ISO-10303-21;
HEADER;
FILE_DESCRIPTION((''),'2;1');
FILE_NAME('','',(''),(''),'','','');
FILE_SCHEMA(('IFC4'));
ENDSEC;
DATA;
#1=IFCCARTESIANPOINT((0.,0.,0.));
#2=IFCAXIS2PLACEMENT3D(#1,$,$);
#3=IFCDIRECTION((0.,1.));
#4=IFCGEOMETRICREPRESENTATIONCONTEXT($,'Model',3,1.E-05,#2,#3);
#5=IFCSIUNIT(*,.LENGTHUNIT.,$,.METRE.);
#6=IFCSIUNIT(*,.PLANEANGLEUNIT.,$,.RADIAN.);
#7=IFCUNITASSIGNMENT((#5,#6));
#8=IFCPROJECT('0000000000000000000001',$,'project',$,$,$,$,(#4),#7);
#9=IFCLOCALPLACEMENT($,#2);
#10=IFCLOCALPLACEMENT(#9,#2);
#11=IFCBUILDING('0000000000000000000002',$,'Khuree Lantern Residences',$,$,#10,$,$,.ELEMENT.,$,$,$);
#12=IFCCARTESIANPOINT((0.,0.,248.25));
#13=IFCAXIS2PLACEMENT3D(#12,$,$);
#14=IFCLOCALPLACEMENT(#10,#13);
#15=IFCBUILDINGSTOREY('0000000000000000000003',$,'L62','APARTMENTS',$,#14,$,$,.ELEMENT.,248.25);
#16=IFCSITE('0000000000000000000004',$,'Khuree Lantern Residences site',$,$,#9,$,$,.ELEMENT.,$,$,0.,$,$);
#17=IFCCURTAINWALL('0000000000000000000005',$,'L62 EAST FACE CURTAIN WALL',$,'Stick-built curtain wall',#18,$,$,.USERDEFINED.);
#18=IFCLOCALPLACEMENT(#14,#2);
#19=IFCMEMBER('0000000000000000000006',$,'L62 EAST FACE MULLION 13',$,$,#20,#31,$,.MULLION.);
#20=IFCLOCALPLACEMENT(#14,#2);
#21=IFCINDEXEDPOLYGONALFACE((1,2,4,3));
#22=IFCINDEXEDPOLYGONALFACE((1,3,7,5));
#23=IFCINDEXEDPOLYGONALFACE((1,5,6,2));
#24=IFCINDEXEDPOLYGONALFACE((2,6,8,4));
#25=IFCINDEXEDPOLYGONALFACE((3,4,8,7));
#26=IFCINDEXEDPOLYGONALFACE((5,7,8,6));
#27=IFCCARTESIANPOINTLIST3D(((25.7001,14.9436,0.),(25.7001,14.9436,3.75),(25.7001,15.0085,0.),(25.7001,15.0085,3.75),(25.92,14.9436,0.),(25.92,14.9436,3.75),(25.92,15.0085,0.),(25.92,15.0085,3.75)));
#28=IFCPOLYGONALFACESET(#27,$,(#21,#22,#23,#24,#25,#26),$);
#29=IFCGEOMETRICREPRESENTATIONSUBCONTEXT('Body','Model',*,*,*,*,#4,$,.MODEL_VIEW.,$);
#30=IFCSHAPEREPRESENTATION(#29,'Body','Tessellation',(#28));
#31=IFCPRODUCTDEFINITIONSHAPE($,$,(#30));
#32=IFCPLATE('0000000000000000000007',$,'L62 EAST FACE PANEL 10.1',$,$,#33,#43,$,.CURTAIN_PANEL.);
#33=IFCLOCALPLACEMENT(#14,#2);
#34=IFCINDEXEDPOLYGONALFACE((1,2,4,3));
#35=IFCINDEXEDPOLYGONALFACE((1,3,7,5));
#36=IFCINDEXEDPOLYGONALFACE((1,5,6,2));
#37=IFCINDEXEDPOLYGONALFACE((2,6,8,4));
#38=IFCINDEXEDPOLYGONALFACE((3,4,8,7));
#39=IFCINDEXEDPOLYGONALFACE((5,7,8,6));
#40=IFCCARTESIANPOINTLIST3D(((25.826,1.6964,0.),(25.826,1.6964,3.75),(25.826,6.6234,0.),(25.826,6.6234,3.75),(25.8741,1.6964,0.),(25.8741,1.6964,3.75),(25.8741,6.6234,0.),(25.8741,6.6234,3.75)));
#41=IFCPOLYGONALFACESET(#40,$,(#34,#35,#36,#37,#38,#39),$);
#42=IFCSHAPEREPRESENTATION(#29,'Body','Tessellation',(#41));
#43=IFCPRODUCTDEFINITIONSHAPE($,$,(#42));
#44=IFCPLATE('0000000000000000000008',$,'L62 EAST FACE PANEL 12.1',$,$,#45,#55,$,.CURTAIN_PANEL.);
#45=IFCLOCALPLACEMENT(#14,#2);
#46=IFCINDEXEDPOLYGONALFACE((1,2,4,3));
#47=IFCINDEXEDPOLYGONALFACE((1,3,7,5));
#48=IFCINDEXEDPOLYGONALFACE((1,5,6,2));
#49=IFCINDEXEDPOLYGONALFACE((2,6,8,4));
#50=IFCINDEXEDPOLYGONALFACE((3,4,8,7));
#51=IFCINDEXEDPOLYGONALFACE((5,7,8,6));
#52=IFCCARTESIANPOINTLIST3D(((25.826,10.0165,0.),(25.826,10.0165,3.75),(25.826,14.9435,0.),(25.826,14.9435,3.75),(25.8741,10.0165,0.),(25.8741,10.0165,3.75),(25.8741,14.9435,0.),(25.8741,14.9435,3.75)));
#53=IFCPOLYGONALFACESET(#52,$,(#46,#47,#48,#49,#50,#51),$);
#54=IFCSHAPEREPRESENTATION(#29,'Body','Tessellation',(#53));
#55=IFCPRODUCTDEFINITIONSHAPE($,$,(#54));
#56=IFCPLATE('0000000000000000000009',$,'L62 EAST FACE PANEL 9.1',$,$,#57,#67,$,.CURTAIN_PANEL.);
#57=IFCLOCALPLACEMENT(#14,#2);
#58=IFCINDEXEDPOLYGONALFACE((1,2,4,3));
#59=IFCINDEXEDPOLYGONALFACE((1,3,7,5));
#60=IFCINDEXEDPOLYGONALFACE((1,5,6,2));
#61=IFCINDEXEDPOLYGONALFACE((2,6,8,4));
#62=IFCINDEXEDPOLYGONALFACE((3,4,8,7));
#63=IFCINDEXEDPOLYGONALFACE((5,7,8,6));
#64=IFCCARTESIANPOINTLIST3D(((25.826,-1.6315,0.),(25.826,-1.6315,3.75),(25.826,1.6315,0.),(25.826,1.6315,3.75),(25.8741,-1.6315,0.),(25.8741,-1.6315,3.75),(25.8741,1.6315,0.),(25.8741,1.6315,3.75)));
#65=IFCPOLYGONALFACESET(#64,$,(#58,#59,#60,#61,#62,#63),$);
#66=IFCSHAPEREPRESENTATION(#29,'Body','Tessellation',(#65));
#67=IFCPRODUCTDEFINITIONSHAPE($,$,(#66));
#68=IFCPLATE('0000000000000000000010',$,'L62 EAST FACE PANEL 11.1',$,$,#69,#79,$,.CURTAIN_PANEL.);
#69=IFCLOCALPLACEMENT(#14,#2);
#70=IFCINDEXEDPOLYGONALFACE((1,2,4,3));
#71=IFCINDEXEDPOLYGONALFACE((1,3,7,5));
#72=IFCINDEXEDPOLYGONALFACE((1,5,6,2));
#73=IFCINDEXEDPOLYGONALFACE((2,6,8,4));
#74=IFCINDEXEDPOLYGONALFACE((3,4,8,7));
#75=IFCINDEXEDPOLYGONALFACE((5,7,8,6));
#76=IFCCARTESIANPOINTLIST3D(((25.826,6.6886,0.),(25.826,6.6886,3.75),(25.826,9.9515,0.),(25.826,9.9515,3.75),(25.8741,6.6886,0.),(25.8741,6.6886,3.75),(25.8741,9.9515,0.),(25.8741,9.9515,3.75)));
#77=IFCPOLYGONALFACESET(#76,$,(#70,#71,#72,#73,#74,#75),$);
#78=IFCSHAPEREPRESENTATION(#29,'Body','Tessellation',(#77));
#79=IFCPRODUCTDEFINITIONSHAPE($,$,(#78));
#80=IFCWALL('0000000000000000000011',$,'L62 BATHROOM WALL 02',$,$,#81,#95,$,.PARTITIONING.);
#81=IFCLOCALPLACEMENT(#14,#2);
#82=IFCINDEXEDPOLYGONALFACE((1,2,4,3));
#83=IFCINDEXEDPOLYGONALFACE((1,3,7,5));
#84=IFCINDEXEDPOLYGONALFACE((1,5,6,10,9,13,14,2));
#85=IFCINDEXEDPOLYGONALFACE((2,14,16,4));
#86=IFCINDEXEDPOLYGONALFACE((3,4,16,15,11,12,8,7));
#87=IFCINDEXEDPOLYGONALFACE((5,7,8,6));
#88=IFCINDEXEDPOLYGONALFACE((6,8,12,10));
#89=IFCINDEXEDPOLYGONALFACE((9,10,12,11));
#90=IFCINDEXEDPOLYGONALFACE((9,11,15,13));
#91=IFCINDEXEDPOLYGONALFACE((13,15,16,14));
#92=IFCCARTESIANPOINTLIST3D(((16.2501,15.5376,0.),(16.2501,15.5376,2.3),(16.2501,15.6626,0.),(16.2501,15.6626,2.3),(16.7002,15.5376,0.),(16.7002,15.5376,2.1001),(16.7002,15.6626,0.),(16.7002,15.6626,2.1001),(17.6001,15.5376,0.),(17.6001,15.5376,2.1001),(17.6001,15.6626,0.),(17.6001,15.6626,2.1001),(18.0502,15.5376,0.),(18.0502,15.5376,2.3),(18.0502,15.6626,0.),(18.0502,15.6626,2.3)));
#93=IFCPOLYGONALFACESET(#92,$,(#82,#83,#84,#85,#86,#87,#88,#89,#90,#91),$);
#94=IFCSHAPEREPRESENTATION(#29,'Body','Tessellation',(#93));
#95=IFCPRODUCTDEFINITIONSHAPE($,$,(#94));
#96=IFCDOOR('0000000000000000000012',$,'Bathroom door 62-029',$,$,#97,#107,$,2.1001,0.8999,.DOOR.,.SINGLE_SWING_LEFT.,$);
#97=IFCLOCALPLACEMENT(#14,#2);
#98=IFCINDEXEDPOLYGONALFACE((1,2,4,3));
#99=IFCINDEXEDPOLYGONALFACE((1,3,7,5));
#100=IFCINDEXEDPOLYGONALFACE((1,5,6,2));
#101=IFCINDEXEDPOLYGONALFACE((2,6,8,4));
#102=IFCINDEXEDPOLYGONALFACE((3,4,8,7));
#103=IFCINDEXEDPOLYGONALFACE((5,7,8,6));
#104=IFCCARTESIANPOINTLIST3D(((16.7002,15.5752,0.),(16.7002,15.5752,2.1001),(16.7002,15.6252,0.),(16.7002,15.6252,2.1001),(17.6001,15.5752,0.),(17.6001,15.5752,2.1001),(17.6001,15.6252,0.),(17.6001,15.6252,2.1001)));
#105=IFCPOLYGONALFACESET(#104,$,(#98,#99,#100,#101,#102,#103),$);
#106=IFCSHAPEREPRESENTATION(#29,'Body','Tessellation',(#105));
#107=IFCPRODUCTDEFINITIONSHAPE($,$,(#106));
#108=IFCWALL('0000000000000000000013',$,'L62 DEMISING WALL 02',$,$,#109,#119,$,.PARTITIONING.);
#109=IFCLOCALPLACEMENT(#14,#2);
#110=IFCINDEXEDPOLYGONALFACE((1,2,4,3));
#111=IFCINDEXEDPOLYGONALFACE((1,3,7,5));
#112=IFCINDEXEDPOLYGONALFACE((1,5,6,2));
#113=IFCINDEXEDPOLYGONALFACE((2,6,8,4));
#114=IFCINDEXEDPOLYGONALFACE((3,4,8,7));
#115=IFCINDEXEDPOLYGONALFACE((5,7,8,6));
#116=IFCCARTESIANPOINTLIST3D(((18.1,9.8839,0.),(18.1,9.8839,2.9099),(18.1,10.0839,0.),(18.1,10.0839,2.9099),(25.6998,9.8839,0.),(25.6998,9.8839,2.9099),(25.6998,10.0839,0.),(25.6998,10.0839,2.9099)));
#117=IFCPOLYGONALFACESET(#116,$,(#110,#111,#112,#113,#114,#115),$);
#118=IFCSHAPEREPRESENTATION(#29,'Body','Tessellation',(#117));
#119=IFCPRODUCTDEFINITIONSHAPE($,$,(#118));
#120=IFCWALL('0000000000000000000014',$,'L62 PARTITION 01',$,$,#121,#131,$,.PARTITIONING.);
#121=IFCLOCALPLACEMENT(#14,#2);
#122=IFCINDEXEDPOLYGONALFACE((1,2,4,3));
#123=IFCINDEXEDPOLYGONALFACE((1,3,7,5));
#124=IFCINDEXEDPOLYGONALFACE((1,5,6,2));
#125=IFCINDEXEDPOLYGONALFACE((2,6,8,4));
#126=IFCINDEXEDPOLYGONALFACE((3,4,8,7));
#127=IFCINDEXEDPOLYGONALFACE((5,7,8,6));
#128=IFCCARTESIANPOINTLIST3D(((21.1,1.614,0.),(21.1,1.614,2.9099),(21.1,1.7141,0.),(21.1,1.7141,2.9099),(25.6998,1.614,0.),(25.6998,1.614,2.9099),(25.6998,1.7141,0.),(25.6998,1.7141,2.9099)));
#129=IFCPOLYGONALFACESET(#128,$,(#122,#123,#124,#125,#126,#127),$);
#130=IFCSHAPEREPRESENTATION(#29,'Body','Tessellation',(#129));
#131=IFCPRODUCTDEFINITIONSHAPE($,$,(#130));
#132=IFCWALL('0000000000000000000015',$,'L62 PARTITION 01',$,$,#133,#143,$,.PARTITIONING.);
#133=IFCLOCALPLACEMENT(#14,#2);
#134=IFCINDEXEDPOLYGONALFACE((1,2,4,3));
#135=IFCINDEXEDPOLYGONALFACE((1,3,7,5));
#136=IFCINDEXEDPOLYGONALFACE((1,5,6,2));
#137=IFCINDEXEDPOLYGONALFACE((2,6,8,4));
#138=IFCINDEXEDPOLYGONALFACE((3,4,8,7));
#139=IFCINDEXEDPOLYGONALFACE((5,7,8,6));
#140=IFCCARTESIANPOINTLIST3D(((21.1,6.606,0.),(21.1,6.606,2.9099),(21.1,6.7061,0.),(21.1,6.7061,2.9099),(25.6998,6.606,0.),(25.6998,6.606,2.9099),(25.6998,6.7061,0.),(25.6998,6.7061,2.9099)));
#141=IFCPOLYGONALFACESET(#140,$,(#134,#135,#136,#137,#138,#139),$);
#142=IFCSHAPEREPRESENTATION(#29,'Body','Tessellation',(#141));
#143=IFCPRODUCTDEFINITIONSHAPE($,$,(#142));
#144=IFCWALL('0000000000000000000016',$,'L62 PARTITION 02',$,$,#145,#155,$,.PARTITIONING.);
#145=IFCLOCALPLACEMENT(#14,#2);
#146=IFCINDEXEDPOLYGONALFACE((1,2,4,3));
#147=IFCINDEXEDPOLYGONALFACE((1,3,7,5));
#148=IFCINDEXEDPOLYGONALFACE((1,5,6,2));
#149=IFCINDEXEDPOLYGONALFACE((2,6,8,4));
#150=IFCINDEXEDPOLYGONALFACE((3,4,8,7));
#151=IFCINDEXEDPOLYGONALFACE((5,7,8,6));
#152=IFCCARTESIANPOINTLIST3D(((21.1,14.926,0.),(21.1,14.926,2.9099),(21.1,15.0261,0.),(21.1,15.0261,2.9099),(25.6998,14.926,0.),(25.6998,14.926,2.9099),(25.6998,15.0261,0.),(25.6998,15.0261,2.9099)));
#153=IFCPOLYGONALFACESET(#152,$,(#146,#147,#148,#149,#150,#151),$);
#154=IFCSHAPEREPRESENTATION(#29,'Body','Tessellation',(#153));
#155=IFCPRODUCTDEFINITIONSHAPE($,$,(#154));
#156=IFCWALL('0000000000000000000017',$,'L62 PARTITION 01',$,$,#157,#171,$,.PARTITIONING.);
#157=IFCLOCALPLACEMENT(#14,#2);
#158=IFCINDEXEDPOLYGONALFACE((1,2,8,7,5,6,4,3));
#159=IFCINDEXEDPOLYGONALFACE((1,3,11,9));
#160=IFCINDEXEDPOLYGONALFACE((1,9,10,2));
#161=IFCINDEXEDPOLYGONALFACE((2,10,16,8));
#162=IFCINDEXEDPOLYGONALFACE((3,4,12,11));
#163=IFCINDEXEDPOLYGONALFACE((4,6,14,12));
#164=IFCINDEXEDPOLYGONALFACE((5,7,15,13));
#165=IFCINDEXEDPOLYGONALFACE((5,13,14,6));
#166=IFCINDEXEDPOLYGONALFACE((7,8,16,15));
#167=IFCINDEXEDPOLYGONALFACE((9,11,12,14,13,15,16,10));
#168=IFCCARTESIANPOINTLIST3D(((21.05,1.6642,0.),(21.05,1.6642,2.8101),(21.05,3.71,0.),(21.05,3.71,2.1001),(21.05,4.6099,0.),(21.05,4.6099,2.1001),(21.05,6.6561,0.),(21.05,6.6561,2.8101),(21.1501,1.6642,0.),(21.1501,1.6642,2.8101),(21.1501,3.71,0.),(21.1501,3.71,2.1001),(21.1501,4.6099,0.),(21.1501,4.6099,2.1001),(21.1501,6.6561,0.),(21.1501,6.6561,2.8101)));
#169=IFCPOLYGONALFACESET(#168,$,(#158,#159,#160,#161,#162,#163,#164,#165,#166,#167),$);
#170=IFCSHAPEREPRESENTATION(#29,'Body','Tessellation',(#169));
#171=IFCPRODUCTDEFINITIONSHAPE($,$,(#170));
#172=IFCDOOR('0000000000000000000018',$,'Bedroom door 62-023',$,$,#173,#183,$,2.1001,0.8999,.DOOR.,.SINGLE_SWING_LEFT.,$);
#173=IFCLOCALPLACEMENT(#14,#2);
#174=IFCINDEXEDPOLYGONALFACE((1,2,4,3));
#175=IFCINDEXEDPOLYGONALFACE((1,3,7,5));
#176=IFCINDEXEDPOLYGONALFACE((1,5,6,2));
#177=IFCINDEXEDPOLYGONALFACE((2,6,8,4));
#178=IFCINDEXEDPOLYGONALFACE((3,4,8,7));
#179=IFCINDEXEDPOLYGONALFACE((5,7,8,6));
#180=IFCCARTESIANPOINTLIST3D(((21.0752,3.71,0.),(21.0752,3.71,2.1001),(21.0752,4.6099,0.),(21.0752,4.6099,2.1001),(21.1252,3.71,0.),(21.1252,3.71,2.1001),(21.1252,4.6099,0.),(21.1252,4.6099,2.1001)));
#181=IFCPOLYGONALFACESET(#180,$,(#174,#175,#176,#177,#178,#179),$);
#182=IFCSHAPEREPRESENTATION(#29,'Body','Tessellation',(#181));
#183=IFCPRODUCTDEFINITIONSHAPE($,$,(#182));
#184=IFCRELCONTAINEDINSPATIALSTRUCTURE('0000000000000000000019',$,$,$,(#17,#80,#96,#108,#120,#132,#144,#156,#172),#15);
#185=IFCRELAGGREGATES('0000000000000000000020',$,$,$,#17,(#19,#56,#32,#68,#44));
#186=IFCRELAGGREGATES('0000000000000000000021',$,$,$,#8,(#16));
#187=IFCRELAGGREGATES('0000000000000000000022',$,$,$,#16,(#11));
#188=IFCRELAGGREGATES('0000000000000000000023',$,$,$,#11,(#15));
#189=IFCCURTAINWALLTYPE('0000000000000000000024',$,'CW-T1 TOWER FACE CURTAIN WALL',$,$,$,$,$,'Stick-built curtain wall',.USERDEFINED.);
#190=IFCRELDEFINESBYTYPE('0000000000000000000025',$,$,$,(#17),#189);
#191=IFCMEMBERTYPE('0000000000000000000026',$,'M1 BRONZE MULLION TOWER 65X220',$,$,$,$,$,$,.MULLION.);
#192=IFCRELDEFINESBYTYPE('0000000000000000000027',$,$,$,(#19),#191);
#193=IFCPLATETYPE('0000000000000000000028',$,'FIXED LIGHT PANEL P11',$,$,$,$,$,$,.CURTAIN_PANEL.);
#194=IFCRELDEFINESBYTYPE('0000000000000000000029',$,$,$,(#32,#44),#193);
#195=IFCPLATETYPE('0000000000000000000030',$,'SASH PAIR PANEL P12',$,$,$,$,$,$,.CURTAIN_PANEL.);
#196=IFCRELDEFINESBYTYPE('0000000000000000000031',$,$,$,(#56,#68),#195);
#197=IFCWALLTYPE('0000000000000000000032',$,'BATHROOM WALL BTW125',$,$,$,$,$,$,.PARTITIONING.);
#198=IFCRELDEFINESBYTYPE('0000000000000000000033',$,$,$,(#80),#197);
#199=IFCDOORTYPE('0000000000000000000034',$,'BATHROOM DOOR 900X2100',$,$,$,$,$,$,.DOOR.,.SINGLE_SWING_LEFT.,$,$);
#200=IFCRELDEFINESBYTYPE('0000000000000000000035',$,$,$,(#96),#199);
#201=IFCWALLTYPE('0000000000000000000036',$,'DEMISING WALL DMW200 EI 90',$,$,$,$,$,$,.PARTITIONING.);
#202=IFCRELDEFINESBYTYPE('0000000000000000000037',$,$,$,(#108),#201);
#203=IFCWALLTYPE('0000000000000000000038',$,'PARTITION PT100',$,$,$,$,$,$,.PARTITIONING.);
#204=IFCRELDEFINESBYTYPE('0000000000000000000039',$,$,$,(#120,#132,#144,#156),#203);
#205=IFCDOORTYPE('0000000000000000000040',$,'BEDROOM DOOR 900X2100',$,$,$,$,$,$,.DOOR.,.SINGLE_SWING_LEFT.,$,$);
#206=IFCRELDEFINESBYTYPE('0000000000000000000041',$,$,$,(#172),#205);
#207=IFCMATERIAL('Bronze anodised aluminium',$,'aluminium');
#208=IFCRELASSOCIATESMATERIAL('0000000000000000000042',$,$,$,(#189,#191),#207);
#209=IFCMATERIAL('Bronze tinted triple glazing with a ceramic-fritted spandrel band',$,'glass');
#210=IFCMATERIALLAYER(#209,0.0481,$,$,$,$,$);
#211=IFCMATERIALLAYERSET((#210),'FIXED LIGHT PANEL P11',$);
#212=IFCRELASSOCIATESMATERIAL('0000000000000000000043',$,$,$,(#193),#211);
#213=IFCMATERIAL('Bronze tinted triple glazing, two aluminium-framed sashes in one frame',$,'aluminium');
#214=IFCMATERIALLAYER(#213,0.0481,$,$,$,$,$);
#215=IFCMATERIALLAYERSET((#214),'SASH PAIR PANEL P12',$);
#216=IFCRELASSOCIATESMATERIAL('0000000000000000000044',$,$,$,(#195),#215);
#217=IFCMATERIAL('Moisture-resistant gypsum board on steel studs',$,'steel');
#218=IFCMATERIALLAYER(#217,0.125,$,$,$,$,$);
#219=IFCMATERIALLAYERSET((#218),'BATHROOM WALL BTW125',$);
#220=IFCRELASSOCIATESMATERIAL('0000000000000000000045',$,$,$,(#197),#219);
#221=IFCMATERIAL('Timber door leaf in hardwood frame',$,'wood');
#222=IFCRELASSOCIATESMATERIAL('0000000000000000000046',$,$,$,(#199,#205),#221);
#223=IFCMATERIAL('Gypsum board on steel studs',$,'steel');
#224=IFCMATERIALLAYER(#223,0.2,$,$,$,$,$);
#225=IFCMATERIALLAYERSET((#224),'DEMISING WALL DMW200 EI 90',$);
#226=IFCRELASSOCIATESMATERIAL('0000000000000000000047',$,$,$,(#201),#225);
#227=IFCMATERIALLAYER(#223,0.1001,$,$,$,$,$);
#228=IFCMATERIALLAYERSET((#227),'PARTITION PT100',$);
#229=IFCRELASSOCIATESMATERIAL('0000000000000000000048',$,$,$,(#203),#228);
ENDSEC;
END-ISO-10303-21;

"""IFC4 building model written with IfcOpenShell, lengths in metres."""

from ifc_helpers import new_model, si_unit, direction, frame, frame_2d, origin, origin_2d, place, context, subcontext, project, spatial, rectangle, extrude, material, layer, layer_set, material_profile, profile_set, type_object, element, fill, aggregate, save


model = new_model("IFC4")

# Units and contexts
model_context = context("Model", 3, precision=1e-05, world=origin(), true_north=direction((0.0, 1.0)))
body_context = subcontext(model_context, "Body", "Model", "MODEL_VIEW")
ifc_project = project(units=[si_unit("LENGTHUNIT", "METRE"), si_unit("PLANEANGLEUNIT", "RADIAN")], contexts=[model_context])

# Site, building, storey
site_placement = place(None, origin())
site = spatial("IfcSite", under=ifc_project, at=site_placement, Name="Khuree Lantern Residences site", CompositionType="ELEMENT", RefElevation=0.0)
building_placement = place(site_placement, origin())
building = spatial("IfcBuilding", under=site, at=building_placement, Name="Khuree Lantern Residences", CompositionType="ELEMENT")
storey_placement = place(building_placement, frame((0.0, 0.0, 248.25)))
storey = spatial("IfcBuildingStorey", under=building, at=storey_placement, Name="L62", Description="APARTMENTS", CompositionType="ELEMENT", Elevation=248.25)

# Curtain wall
ifc_material_1 = material(Name="Bronze anodised aluminium", Category="aluminium")
curtain_wall_type = type_object("IfcCurtainWallType", Name="CW-T1 TOWER FACE CURTAIN WALL", ElementType="Stick-built curtain wall", PredefinedType="USERDEFINED", material=ifc_material_1)
curtain_wall_placement = place(storey_placement, origin())
curtain_wall = element("IfcCurtainWall", 1, at=curtain_wall_placement, inside=storey, type_object=curtain_wall_type, Name="L62 EAST FACE CURTAIN WALL", ObjectType="Stick-built curtain wall", PredefinedType="USERDEFINED")

# Member
ifc_material_profile_1 = material_profile(ifc_material_1, rectangle(XDim=0.0649, YDim=0.22, at=origin_2d()), Name="M1 65X220")
ifc_profile_set_1 = profile_set([ifc_material_profile_1], Name="Bronze anodised aluminium")
member_type_1 = type_object("IfcMemberType", Name="M1 BRONZE MULLION TOWER 65X220", PredefinedType="MULLION", material=ifc_profile_set_1)
member_1_placement = place(storey_placement, frame((25.8101, 14.9761, 0.0), z_axis=(0.0, 0.0, 1.0), x_axis=(0.0, 1.0, 0.0)))
member_1 = element("IfcMember", 2, at=member_1_placement, type_object=member_type_1, Name="L62 EAST FACE MULLION 13", PredefinedType="MULLION", context=body_context, shape_type="SweptSolid", body=[
    extrude(rectangle(XDim=0.0649, YDim=0.22, at=origin_2d()), origin(), (0.0, 0.0, 1.0), 3.75),
])

# Plates
ifc_material_2 = material(Name="Bronze tinted triple glazing with a ceramic-fritted spandrel band", Category="glass")
ifc_layer_1 = layer(ifc_material_2, 0.0481)
ifc_layer_set_1 = layer_set([ifc_layer_1], Name="FIXED LIGHT PANEL P11")
plate_type_1 = type_object("IfcPlateType", Name="FIXED LIGHT PANEL P11", PredefinedType="CURTAIN_PANEL", material=ifc_layer_set_1)
plate_1_placement = place(storey_placement, frame((25.8501, 4.1599, 0.0), z_axis=(0.0, 0.0, 1.0), x_axis=(0.0, 1.0, 0.0)))
plate_1 = element("IfcPlate", 3, at=plate_1_placement, type_object=plate_type_1, Name="L62 EAST FACE PANEL 10.1", PredefinedType="CURTAIN_PANEL", context=body_context, shape_type="SweptSolid", body=[
    extrude(rectangle(XDim=4.927, YDim=0.0481, at=origin_2d()), origin(), (0.0, 0.0, 1.0), 3.75),
])
plate_2_placement = place(storey_placement, frame((25.8501, 12.48, 0.0), z_axis=(0.0, 0.0, 1.0), x_axis=(0.0, 1.0, 0.0)))
plate_2 = element("IfcPlate", 4, at=plate_2_placement, type_object=plate_type_1, Name="L62 EAST FACE PANEL 12.1", PredefinedType="CURTAIN_PANEL", context=body_context, shape_type="SweptSolid", body=[
    extrude(rectangle(XDim=4.927, YDim=0.0481, at=origin_2d()), origin(), (0.0, 0.0, 1.0), 3.75),
])
ifc_material_3 = material(Name="Bronze tinted triple glazing, two aluminium-framed sashes in one frame", Category="aluminium")
ifc_layer_2 = layer(ifc_material_3, 0.0481)
ifc_layer_set_2 = layer_set([ifc_layer_2], Name="SASH PAIR PANEL P12")
plate_type_2 = type_object("IfcPlateType", Name="SASH PAIR PANEL P12", PredefinedType="CURTAIN_PANEL", material=ifc_layer_set_2)
plate_3_placement = place(storey_placement, frame((25.8501, 0.0, 0.0), z_axis=(0.0, 0.0, 1.0), x_axis=(0.0, 1.0, 0.0)))
plate_3 = element("IfcPlate", 5, at=plate_3_placement, type_object=plate_type_2, Name="L62 EAST FACE PANEL 9.1", PredefinedType="CURTAIN_PANEL", context=body_context, shape_type="SweptSolid", body=[
    extrude(rectangle(XDim=3.2629, YDim=0.0481, at=origin_2d()), origin(), (0.0, 0.0, 1.0), 3.75),
])
plate_4_placement = place(storey_placement, frame((25.8501, 8.3201, 0.0), z_axis=(0.0, 0.0, 1.0), x_axis=(0.0, 1.0, 0.0)))
plate_4 = element("IfcPlate", 6, at=plate_4_placement, type_object=plate_type_2, Name="L62 EAST FACE PANEL 11.1", PredefinedType="CURTAIN_PANEL", context=body_context, shape_type="SweptSolid", body=[
    extrude(rectangle(XDim=3.2629, YDim=0.0481, at=origin_2d()), origin(), (0.0, 0.0, 1.0), 3.75),
])
aggregate(curtain_wall, [member_1, plate_3, plate_1, plate_4, plate_2])

# Wall, opening, door
ifc_material_4 = material(Name="Moisture-resistant gypsum board on steel studs", Category="steel")
ifc_layer_3 = layer(ifc_material_4, 0.125)
ifc_layer_set_3 = layer_set([ifc_layer_3], Name="BATHROOM WALL BTW125")
wall_type_1 = type_object("IfcWallType", Name="BATHROOM WALL BTW125", PredefinedType="PARTITIONING", material=ifc_layer_set_3)
wall_1_placement = place(storey_placement, frame((18.05, 15.6001, 0.0), z_axis=(0.0, 0.0, 1.0), x_axis=(-1.0, 0.0, 0.0)))
wall_1 = element("IfcWall", 7, at=wall_1_placement, inside=storey, type_object=wall_type_1, Name="L62 BATHROOM WALL 02", PredefinedType="PARTITIONING", context=body_context, shape_type="SweptSolid", body=[
    extrude(rectangle(XDim=1.8, YDim=0.125, at=frame_2d((0.8999, 0.0))), origin(), (0.0, 0.0, 1.0), 2.3),
])
opening_1_placement = place(wall_1_placement, frame((0.45, 0.0, 0.0)))
opening_1 = element("IfcOpeningElement", 8, at=opening_1_placement, cuts=wall_1, PredefinedType="OPENING", context=body_context, shape_type="SweptSolid", body=[
    extrude(rectangle(XDim=0.8999, YDim=2.1001, at=frame_2d((0.45, 1.05))), frame((0.0, 0.0725, 0.0), z_axis=(0.0, -1.0, 0.0), x_axis=(1.0, 0.0, 0.0)), (0.0, 0.0, 1.0), 0.145),
])
ifc_material_5 = material(Name="Timber door leaf in hardwood frame", Category="wood")
door_type_1 = type_object("IfcDoorType", Name="BATHROOM DOOR 900X2100", OperationType="SINGLE_SWING_LEFT", PredefinedType="DOOR", material=ifc_material_5)
door_1_placement = place(opening_1_placement, origin())
door_1 = element("IfcDoor", 9, at=door_1_placement, inside=storey, type_object=door_type_1, Name="Bathroom door 62-029", OperationType="SINGLE_SWING_LEFT", OverallHeight=2.1001, OverallWidth=0.8999, PredefinedType="DOOR", context=body_context, shape_type="SweptSolid", body=[
    extrude(rectangle(XDim=0.8999, YDim=2.1001, at=frame_2d((0.45, 1.05))), frame((0.0, 0.0249, 0.0), z_axis=(0.0, -1.0, 0.0), x_axis=(1.0, 0.0, 0.0)), (0.0, 0.0, 1.0), 0.05),
])
fill(opening_1, door_1)

# Walls
ifc_material_6 = material(Name="Gypsum board on steel studs", Category="steel")
ifc_layer_4 = layer(ifc_material_6, 0.2)
ifc_layer_set_4 = layer_set([ifc_layer_4], Name="DEMISING WALL DMW200 EI 90")
wall_type_2 = type_object("IfcWallType", Name="DEMISING WALL DMW200 EI 90", PredefinedType="PARTITIONING", material=ifc_layer_set_4)
wall_2_placement = place(storey_placement, frame((18.1001, 9.9839, 0.0), z_axis=(0.0, 0.0, 1.0), x_axis=(1.0, 0.0, 0.0)))
element("IfcWall", 10, at=wall_2_placement, inside=storey, type_object=wall_type_2, Name="L62 DEMISING WALL 02", PredefinedType="PARTITIONING", context=body_context, shape_type="SweptSolid", body=[
    extrude(rectangle(XDim=7.5999, YDim=0.2, at=frame_2d((3.7998, 0.0))), origin(), (0.0, 0.0, 1.0), 2.9099),
])
ifc_layer_5 = layer(ifc_material_6, 0.1001)
ifc_layer_set_5 = layer_set([ifc_layer_5], Name="PARTITION PT100")
wall_type_3 = type_object("IfcWallType", Name="PARTITION PT100", PredefinedType="PARTITIONING", material=ifc_layer_set_5)
for number, where, z_axis, x_axis, name in (
    (11, (21.1001, 1.6641, 0.0), (0.0, 0.0, 1.0), (1.0, 0.0, 0.0), "L62 PARTITION 01"),
    (12, (21.1001, 6.656, 0.0), (0.0, 0.0, 1.0), (1.0, 0.0, 0.0), "L62 PARTITION 01"),
    (13, (21.1001, 14.9761, 0.0), (0.0, 0.0, 1.0), (1.0, 0.0, 0.0), "L62 PARTITION 02"),
):
    element("IfcWall", number, at=place(storey_placement, frame(where, z_axis=z_axis, x_axis=x_axis)), inside=storey, type_object=wall_type_3, Name=name, PredefinedType="PARTITIONING", context=body_context, shape_type="SweptSolid", body=[
        extrude(rectangle(XDim=4.5999, YDim=0.1001, at=frame_2d((2.2998, 0.0))), origin(), (0.0, 0.0, 1.0), 2.9099),
    ])

# Wall, opening, door
wall_3_placement = place(storey_placement, frame((21.1001, 1.6641, 0.0), z_axis=(0.0, 0.0, 1.0), x_axis=(0.0, 1.0, 0.0)))
wall_3 = element("IfcWall", 14, at=wall_3_placement, inside=storey, type_object=wall_type_3, Name="L62 PARTITION 01", PredefinedType="PARTITIONING", context=body_context, shape_type="SweptSolid", body=[
    extrude(rectangle(XDim=4.9919, YDim=0.1001, at=frame_2d((2.4961, 0.0))), origin(), (0.0, 0.0, 1.0), 2.8101),
])
opening_2_placement = place(wall_3_placement, frame((2.0459, 0.0, 0.0)))
opening_2 = element("IfcOpeningElement", 15, at=opening_2_placement, cuts=wall_3, PredefinedType="OPENING", context=body_context, shape_type="SweptSolid", body=[
    extrude(rectangle(XDim=0.8999, YDim=2.1001, at=frame_2d((0.45, 1.05))), frame((0.0, 0.0601, 0.0), z_axis=(0.0, -1.0, 0.0), x_axis=(1.0, 0.0, 0.0)), (0.0, 0.0, 1.0), 0.1201),
])
door_type_2 = type_object("IfcDoorType", Name="BEDROOM DOOR 900X2100", OperationType="SINGLE_SWING_LEFT", PredefinedType="DOOR", material=ifc_material_5)
door_2_placement = place(opening_2_placement, origin())
door_2 = element("IfcDoor", 16, at=door_2_placement, inside=storey, type_object=door_type_2, Name="Bedroom door 62-023", OperationType="SINGLE_SWING_LEFT", OverallHeight=2.1001, OverallWidth=0.8999, PredefinedType="DOOR", context=body_context, shape_type="SweptSolid", body=[
    extrude(rectangle(XDim=0.8999, YDim=2.1001, at=frame_2d((0.45, 1.05))), frame((0.0, 0.0249, 0.0), z_axis=(0.0, -1.0, 0.0), x_axis=(1.0, 0.0, 0.0)), (0.0, 0.0, 1.0), 0.05),
])
fill(opening_2, door_2)

save(model, "model.ifc")
